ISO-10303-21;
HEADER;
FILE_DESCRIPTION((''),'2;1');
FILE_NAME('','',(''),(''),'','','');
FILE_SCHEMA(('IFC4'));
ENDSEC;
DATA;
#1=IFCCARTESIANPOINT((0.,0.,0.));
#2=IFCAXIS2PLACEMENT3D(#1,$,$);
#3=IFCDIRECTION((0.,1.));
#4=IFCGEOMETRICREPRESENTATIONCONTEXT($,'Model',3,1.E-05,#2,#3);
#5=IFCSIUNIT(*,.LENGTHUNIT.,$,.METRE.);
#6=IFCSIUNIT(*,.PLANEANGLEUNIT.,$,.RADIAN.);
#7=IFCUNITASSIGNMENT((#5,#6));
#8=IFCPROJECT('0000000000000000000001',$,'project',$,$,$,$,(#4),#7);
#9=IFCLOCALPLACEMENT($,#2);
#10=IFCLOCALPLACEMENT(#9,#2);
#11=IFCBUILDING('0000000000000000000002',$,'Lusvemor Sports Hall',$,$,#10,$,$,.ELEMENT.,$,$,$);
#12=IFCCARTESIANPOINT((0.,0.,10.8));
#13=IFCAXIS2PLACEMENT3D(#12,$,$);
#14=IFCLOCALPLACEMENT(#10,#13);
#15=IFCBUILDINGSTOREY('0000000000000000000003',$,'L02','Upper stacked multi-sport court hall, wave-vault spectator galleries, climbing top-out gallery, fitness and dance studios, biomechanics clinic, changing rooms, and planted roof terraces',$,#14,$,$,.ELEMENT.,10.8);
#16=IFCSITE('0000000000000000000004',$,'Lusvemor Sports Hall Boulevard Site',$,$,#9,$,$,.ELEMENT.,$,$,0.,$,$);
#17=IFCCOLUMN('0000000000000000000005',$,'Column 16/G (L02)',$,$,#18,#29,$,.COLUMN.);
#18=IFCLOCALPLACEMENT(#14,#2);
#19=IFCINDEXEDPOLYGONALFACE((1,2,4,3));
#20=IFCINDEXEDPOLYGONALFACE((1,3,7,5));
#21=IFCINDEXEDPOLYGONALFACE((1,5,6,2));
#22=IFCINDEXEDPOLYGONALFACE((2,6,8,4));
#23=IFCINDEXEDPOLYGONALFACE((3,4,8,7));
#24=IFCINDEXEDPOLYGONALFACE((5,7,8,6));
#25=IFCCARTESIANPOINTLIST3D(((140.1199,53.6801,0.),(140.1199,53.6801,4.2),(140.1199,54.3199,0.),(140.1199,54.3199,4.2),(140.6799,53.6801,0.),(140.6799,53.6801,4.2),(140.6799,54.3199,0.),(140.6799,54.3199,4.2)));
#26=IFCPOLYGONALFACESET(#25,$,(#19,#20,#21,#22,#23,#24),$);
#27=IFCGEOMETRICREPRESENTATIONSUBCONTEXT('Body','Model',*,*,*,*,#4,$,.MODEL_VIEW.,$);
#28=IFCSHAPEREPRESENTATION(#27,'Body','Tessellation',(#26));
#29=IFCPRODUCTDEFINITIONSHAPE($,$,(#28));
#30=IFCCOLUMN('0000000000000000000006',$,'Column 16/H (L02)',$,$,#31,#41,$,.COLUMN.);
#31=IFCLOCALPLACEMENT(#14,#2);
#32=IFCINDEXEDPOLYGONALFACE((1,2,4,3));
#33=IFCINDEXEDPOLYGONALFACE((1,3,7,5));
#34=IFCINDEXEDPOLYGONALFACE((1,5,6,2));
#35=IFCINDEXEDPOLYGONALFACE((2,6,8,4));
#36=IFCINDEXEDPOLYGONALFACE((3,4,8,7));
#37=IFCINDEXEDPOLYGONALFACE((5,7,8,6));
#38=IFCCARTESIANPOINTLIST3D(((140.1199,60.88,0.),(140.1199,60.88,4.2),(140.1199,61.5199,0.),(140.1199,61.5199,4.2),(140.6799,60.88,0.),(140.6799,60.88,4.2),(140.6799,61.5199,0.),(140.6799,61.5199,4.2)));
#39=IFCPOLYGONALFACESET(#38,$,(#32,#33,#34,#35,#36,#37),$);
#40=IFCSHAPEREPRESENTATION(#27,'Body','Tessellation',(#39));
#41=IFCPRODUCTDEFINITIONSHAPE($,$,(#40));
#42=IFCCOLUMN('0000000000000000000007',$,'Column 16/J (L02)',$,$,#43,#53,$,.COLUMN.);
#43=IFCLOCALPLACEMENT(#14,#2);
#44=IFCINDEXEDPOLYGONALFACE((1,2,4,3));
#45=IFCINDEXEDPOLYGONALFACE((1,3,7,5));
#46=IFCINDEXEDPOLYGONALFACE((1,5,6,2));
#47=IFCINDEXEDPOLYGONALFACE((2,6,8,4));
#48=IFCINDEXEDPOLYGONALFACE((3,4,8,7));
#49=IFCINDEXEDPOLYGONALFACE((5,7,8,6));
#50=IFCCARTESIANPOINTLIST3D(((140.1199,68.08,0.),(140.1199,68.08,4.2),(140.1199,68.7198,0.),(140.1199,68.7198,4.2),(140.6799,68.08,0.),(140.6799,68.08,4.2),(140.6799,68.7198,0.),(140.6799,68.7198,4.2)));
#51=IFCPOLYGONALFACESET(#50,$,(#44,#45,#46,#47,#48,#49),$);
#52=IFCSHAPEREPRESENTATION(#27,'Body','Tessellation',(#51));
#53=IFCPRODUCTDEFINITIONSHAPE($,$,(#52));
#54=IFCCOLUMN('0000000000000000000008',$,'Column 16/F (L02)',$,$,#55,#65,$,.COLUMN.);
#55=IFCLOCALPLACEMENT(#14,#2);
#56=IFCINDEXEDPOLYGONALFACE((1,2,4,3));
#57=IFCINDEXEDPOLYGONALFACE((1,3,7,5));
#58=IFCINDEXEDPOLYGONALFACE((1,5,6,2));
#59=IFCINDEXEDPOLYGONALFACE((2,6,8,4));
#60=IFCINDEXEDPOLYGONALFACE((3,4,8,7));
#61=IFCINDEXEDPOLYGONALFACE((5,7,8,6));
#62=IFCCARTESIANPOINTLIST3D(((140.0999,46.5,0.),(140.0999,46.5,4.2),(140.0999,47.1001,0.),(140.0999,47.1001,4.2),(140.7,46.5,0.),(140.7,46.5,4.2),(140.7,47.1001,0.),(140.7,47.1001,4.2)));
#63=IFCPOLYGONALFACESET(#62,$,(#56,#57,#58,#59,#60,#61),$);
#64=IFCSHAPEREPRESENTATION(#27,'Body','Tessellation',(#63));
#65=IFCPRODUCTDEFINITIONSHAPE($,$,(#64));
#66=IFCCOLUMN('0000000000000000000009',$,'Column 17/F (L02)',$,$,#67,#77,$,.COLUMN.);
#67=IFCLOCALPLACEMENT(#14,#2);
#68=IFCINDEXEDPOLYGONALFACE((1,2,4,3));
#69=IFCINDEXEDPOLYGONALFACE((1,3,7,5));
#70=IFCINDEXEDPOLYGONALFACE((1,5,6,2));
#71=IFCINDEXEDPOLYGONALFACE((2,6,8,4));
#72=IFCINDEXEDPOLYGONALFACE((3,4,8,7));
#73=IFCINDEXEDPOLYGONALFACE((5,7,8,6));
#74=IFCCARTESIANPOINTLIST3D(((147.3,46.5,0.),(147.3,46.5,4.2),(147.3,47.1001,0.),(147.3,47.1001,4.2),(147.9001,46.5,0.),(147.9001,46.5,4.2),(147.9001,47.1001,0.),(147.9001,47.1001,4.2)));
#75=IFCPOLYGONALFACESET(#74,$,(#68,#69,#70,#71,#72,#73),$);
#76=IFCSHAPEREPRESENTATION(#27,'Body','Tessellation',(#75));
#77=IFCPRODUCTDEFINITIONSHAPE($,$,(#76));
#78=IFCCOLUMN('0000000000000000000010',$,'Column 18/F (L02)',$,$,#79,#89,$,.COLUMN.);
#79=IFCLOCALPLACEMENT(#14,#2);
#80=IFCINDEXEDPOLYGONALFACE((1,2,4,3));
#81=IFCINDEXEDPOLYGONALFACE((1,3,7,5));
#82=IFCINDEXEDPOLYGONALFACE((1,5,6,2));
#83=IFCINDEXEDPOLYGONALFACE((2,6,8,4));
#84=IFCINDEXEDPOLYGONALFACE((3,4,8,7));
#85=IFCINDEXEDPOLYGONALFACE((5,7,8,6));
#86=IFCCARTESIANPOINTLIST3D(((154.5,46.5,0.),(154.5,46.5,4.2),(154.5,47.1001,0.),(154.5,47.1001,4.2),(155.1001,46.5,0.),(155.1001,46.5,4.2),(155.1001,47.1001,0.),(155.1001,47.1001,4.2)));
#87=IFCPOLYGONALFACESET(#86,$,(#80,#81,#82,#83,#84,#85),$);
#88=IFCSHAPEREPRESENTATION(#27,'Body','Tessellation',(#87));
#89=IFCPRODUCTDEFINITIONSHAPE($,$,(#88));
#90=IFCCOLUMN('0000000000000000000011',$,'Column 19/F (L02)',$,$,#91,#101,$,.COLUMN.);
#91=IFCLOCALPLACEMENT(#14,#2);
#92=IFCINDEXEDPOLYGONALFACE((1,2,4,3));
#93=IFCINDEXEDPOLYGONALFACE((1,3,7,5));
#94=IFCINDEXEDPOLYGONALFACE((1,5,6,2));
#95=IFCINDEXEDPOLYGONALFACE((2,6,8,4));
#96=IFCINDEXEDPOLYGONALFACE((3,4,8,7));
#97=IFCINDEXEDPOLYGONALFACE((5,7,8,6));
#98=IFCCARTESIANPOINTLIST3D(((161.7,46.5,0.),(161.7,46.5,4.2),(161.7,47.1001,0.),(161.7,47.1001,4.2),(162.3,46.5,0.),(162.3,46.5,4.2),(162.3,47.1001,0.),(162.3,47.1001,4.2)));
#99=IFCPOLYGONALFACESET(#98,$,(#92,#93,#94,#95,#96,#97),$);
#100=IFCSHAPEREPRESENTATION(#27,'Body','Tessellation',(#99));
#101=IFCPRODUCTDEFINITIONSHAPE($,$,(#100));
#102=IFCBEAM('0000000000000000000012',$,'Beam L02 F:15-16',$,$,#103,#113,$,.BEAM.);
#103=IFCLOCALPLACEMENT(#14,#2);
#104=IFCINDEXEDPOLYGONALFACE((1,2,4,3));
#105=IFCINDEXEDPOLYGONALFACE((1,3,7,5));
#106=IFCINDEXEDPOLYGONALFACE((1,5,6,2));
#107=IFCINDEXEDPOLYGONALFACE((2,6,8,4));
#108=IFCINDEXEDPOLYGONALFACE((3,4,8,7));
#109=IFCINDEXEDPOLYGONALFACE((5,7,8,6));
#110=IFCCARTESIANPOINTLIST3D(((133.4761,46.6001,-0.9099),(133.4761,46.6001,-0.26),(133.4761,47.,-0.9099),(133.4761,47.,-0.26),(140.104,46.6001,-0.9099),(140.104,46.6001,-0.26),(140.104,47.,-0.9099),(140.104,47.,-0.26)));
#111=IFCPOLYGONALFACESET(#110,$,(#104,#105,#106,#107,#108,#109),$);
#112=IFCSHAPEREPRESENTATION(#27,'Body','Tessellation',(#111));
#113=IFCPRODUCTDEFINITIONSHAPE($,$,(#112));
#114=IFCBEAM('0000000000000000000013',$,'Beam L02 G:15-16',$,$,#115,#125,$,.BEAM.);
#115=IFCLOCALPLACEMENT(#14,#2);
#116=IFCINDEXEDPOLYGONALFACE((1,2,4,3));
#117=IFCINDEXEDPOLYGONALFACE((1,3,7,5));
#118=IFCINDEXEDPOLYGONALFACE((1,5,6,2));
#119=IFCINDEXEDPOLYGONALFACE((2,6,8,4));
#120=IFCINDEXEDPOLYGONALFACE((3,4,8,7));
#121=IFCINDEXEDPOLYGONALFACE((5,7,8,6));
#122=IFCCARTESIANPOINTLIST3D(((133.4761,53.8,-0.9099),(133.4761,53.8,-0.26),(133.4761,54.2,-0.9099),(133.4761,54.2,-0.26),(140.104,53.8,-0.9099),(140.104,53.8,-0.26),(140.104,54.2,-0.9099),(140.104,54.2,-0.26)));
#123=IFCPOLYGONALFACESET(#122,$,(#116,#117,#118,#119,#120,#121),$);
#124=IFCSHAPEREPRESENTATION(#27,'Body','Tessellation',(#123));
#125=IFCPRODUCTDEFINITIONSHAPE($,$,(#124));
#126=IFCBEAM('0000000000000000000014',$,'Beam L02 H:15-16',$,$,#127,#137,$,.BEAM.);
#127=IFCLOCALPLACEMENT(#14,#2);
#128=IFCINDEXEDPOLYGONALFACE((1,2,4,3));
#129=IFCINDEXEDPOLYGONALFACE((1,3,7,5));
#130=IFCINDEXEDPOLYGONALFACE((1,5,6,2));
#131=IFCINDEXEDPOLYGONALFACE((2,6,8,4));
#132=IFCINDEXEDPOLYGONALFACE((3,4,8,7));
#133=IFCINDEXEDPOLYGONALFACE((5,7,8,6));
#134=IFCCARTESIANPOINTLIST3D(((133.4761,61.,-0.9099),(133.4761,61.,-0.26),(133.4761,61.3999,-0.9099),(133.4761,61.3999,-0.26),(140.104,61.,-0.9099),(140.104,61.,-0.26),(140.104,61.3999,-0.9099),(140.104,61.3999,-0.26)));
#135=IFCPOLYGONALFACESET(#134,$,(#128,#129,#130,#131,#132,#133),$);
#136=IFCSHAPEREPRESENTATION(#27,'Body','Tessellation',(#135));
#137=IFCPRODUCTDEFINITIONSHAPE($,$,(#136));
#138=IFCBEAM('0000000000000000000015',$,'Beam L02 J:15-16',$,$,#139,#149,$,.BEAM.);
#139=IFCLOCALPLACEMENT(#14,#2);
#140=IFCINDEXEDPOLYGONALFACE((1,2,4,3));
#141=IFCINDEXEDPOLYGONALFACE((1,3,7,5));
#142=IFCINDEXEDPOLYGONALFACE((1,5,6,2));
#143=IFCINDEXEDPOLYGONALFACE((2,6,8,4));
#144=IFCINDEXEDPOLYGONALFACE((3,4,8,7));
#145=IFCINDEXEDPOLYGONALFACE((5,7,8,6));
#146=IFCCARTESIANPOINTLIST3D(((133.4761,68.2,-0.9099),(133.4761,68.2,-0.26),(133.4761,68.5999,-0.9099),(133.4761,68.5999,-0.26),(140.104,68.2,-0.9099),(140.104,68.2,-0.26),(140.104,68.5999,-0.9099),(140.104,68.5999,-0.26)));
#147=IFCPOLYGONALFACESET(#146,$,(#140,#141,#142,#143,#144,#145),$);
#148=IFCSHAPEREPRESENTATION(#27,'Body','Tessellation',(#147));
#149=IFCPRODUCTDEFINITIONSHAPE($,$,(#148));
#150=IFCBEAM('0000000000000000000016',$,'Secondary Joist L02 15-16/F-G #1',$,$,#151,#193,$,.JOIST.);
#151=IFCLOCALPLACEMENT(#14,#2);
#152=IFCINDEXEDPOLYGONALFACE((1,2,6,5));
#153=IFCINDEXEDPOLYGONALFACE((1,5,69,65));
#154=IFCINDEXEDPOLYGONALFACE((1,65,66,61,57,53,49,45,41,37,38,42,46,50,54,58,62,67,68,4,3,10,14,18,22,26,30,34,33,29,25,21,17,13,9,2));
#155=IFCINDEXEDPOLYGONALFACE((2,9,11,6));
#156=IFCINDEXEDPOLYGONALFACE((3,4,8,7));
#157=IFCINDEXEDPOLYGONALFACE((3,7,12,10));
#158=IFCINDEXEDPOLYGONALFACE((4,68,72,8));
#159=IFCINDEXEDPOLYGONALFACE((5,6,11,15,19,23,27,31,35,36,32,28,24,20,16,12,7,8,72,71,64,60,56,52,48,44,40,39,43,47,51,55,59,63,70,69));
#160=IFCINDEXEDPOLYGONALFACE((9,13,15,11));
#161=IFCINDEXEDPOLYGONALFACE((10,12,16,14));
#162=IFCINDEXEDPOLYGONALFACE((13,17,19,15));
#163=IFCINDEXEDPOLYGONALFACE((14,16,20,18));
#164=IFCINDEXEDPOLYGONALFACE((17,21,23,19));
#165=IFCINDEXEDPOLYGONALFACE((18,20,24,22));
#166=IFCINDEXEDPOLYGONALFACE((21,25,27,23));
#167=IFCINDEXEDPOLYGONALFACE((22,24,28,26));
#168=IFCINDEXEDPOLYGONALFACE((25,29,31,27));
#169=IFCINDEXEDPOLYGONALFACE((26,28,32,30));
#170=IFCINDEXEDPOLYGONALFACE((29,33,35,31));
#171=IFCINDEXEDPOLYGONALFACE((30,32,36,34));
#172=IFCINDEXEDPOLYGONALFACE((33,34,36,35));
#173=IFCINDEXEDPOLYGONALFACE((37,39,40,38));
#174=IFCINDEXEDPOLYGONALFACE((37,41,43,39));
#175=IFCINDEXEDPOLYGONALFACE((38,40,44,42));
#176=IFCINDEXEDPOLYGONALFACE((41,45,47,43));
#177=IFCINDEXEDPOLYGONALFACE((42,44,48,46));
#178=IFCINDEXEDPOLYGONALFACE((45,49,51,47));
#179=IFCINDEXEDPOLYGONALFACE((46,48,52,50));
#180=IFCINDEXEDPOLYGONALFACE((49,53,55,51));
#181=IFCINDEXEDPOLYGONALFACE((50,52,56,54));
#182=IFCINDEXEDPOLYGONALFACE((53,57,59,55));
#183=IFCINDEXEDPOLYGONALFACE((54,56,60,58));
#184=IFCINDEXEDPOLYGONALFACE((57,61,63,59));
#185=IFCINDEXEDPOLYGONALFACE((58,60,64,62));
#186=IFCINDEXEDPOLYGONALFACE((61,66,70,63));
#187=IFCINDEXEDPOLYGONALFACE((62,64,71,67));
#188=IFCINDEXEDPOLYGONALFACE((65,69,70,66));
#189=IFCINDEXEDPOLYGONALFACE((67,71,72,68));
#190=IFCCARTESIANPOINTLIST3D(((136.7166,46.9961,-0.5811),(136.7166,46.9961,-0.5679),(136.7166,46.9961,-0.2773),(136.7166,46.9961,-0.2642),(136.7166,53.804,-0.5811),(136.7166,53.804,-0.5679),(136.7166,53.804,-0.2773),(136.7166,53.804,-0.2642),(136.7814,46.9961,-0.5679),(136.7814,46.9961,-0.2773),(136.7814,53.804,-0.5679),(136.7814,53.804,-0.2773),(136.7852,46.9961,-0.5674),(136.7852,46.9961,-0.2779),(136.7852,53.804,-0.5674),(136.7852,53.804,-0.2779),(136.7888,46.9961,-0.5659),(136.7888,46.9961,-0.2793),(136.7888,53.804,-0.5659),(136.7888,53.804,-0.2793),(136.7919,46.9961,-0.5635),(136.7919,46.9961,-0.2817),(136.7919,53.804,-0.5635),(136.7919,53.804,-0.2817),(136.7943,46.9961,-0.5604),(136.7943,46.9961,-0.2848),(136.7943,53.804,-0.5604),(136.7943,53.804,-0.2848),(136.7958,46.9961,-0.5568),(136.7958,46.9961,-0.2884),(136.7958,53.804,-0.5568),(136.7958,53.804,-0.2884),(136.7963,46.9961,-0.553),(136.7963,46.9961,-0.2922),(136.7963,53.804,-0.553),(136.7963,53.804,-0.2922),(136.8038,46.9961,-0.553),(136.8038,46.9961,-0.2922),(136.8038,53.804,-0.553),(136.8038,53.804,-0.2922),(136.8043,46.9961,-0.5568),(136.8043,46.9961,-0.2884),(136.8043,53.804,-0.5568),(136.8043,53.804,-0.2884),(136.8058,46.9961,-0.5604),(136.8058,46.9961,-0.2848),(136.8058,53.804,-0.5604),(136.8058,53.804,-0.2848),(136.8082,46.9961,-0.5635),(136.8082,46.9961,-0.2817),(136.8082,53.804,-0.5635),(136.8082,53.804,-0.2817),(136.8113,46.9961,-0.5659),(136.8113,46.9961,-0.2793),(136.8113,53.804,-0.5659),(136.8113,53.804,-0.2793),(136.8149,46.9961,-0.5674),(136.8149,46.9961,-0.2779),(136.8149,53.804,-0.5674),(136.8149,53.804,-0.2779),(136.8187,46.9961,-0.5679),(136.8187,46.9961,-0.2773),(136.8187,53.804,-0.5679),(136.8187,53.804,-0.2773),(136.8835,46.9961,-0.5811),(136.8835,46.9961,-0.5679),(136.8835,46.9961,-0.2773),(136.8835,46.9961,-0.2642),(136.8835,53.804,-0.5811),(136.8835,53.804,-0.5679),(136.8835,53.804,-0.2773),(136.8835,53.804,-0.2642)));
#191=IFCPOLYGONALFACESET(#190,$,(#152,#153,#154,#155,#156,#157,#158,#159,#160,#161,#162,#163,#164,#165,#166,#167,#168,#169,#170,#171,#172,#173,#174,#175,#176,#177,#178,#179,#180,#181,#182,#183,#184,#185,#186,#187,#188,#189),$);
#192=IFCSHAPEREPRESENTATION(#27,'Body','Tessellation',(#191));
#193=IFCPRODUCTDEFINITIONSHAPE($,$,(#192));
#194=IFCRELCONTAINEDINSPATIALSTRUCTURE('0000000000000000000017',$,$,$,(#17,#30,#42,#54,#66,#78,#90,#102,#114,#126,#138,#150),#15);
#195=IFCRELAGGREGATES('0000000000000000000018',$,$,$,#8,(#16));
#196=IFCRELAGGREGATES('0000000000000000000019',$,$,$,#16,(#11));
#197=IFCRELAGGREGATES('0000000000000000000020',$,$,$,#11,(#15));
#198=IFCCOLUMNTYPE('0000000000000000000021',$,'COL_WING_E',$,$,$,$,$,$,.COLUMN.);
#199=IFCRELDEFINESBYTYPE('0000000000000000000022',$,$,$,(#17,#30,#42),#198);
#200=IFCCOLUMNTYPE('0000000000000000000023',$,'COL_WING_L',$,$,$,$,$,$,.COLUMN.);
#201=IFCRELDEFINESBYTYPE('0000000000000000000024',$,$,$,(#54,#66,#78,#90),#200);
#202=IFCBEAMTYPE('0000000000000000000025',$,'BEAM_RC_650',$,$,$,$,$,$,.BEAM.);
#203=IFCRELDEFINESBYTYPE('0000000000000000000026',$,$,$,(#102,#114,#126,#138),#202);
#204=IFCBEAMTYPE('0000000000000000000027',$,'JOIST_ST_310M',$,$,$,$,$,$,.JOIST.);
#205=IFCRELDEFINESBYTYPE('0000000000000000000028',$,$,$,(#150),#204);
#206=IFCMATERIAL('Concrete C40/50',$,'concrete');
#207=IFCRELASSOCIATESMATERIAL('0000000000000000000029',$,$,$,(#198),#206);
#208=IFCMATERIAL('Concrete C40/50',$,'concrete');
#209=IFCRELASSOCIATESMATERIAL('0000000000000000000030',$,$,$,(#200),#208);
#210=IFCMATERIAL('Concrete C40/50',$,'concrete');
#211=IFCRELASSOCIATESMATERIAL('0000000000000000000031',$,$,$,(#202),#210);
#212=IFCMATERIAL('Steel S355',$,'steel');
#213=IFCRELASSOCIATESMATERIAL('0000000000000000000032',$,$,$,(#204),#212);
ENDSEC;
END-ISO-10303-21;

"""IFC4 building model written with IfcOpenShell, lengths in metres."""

from ifc_helpers import new_model, si_unit, direction, frame, origin, origin_2d, place, context, subcontext, project, spatial, rectangle, i_section, extrude, material, material_profile, profile_set, type_object, element, save


model = new_model("IFC4")

# Units and contexts
model_context = context("Model", 3, precision=1e-05, world=origin(), true_north=direction((0.0, 1.0)))
body_context = subcontext(model_context, "Body", "Model", "MODEL_VIEW")
ifc_project = project(units=[si_unit("LENGTHUNIT", "METRE"), si_unit("PLANEANGLEUNIT", "RADIAN")], contexts=[model_context])

# Site, building, storey
site_placement = place(None, origin())
site = spatial("IfcSite", under=ifc_project, at=site_placement, Name="Lusvemor Sports Hall Boulevard Site", CompositionType="ELEMENT", RefElevation=0.0)
building_placement = place(site_placement, origin())
building = spatial("IfcBuilding", under=site, at=building_placement, Name="Lusvemor Sports Hall", CompositionType="ELEMENT")
storey_placement = place(building_placement, frame((0.0, 0.0, 10.8)))
storey = spatial("IfcBuildingStorey", under=building, at=storey_placement, Name="L02", Description="Upper stacked multi-sport court hall, wave-vault spectator galleries, climbing top-out gallery, fitness and dance studios, biomechanics clinic, changing rooms, and planted roof terraces", CompositionType="ELEMENT", Elevation=10.8)

# Columns
ifc_material_1 = material(Name="Concrete C40/50", Category="concrete")
ifc_material_profile_1 = material_profile(ifc_material_1, rectangle(XDim=0.5601, YDim=0.6399, at=origin_2d()), Name="RC560x640")
ifc_profile_set_1 = profile_set([ifc_material_profile_1], Name="Concrete C40/50")
column_type_1 = type_object("IfcColumnType", Name="COL_WING_E", PredefinedType="COLUMN", material=ifc_profile_set_1)
for number, where, z_axis, x_axis, name in (
    (1, (140.3999, 54.0, 0.0), (0.0, 0.0, 1.0), (1.0, 0.0, 0.0), "Column 16/G (L02)"),
    (2, (140.3999, 61.2, 0.0), (0.0, 0.0, 1.0), (1.0, 0.0, 0.0), "Column 16/H (L02)"),
    (3, (140.3999, 68.3999, 0.0), (0.0, 0.0, 1.0), (1.0, 0.0, 0.0), "Column 16/J (L02)"),
):
    element("IfcColumn", number, at=place(storey_placement, frame(where, z_axis=z_axis, x_axis=x_axis)), inside=storey, type_object=column_type_1, Name=name, PredefinedType="COLUMN", context=body_context, shape_type="SweptSolid", body=[
        extrude(rectangle(XDim=0.5601, YDim=0.6399, at=origin_2d()), origin(), (0.0, 0.0, 1.0), 4.2),
    ])
ifc_material_2 = material(Name="Concrete C40/50", Category="concrete")
ifc_material_profile_2 = material_profile(ifc_material_2, rectangle(XDim=0.6001, YDim=0.6001, at=origin_2d()), Name="RC600x600")
ifc_profile_set_2 = profile_set([ifc_material_profile_2], Name="Concrete C40/50")
column_type_2 = type_object("IfcColumnType", Name="COL_WING_L", PredefinedType="COLUMN", material=ifc_profile_set_2)
for number, where, z_axis, x_axis, name in (
    (4, (140.3999, 46.8, 0.0), (0.0, 0.0, 1.0), (1.0, 0.0, 0.0), "Column 16/F (L02)"),
    (5, (147.6001, 46.8, 0.0), (0.0, 0.0, 1.0), (1.0, 0.0, 0.0), "Column 17/F (L02)"),
    (6, (154.8, 46.8, 0.0), (0.0, 0.0, 1.0), (1.0, 0.0, 0.0), "Column 18/F (L02)"),
    (7, (162.0, 46.8, 0.0), (0.0, 0.0, 1.0), (1.0, 0.0, 0.0), "Column 19/F (L02)"),
):
    element("IfcColumn", number, at=place(storey_placement, frame(where, z_axis=z_axis, x_axis=x_axis)), inside=storey, type_object=column_type_2, Name=name, PredefinedType="COLUMN", context=body_context, shape_type="SweptSolid", body=[
        extrude(rectangle(XDim=0.6001, YDim=0.6001, at=origin_2d()), origin(), (0.0, 0.0, 1.0), 4.2),
    ])

# Beams
ifc_material_3 = material(Name="Concrete C40/50", Category="concrete")
ifc_material_profile_3 = material_profile(ifc_material_3, rectangle(XDim=0.3999, YDim=0.6499, at=origin_2d()), Name="RC400x650")
ifc_profile_set_3 = profile_set([ifc_material_profile_3], Name="Concrete C40/50")
beam_type_1 = type_object("IfcBeamType", Name="BEAM_RC_650", PredefinedType="BEAM", material=ifc_profile_set_3)
for number, where, z_axis, x_axis, name in (
    (8, (133.4761, 46.8, -0.585), (1.0, 0.0, 0.0), (0.0, 1.0, 0.0), "Beam L02 F:15-16"),
    (9, (133.4761, 54.0, -0.585), (1.0, 0.0, 0.0), (0.0, 1.0, 0.0), "Beam L02 G:15-16"),
    (10, (133.4761, 61.2, -0.585), (1.0, 0.0, 0.0), (0.0, 1.0, 0.0), "Beam L02 H:15-16"),
    (11, (133.4761, 68.3999, -0.585), (1.0, 0.0, 0.0), (0.0, 1.0, 0.0), "Beam L02 J:15-16"),
):
    element("IfcBeam", number, at=place(storey_placement, frame(where, z_axis=z_axis, x_axis=x_axis)), inside=storey, type_object=beam_type_1, Name=name, PredefinedType="BEAM", context=body_context, shape_type="SweptSolid", body=[
        extrude(rectangle(XDim=0.3999, YDim=0.6499, at=origin_2d()), origin(), (0.0, 0.0, 1.0), 6.6279),
    ])
ifc_material_4 = material(Name="Steel S355", Category="steel")
ifc_material_profile_4 = material_profile(ifc_material_4, i_section(OverallWidth=0.167, OverallDepth=0.3169, WebThickness=0.0076, FlangeThickness=0.0132, FilletRadius=0.0149, at=origin_2d()), Name="W310x52.0")
ifc_profile_set_4 = profile_set([ifc_material_profile_4], Name="Steel S355")
beam_type_2 = type_object("IfcBeamType", Name="JOIST_ST_310M", PredefinedType="JOIST", material=ifc_profile_set_4)
for number, where, z_axis, x_axis, name in (
    (12, (136.8, 46.9961, -0.4226), (0.0, 1.0, 0.0), (-1.0, 0.0, 0.0), "Secondary Joist L02 15-16/F-G #1"),
):
    element("IfcBeam", number, at=place(storey_placement, frame(where, z_axis=z_axis, x_axis=x_axis)), inside=storey, type_object=beam_type_2, Name=name, PredefinedType="JOIST", context=body_context, shape_type="SweptSolid", body=[
        extrude(i_section(OverallWidth=0.167, OverallDepth=0.3169, WebThickness=0.0076, FlangeThickness=0.0132, FilletRadius=0.0149, at=origin_2d()), origin(), (0.0, 0.0, 1.0), 6.8079),
    ])

save(model, "model.ifc")
